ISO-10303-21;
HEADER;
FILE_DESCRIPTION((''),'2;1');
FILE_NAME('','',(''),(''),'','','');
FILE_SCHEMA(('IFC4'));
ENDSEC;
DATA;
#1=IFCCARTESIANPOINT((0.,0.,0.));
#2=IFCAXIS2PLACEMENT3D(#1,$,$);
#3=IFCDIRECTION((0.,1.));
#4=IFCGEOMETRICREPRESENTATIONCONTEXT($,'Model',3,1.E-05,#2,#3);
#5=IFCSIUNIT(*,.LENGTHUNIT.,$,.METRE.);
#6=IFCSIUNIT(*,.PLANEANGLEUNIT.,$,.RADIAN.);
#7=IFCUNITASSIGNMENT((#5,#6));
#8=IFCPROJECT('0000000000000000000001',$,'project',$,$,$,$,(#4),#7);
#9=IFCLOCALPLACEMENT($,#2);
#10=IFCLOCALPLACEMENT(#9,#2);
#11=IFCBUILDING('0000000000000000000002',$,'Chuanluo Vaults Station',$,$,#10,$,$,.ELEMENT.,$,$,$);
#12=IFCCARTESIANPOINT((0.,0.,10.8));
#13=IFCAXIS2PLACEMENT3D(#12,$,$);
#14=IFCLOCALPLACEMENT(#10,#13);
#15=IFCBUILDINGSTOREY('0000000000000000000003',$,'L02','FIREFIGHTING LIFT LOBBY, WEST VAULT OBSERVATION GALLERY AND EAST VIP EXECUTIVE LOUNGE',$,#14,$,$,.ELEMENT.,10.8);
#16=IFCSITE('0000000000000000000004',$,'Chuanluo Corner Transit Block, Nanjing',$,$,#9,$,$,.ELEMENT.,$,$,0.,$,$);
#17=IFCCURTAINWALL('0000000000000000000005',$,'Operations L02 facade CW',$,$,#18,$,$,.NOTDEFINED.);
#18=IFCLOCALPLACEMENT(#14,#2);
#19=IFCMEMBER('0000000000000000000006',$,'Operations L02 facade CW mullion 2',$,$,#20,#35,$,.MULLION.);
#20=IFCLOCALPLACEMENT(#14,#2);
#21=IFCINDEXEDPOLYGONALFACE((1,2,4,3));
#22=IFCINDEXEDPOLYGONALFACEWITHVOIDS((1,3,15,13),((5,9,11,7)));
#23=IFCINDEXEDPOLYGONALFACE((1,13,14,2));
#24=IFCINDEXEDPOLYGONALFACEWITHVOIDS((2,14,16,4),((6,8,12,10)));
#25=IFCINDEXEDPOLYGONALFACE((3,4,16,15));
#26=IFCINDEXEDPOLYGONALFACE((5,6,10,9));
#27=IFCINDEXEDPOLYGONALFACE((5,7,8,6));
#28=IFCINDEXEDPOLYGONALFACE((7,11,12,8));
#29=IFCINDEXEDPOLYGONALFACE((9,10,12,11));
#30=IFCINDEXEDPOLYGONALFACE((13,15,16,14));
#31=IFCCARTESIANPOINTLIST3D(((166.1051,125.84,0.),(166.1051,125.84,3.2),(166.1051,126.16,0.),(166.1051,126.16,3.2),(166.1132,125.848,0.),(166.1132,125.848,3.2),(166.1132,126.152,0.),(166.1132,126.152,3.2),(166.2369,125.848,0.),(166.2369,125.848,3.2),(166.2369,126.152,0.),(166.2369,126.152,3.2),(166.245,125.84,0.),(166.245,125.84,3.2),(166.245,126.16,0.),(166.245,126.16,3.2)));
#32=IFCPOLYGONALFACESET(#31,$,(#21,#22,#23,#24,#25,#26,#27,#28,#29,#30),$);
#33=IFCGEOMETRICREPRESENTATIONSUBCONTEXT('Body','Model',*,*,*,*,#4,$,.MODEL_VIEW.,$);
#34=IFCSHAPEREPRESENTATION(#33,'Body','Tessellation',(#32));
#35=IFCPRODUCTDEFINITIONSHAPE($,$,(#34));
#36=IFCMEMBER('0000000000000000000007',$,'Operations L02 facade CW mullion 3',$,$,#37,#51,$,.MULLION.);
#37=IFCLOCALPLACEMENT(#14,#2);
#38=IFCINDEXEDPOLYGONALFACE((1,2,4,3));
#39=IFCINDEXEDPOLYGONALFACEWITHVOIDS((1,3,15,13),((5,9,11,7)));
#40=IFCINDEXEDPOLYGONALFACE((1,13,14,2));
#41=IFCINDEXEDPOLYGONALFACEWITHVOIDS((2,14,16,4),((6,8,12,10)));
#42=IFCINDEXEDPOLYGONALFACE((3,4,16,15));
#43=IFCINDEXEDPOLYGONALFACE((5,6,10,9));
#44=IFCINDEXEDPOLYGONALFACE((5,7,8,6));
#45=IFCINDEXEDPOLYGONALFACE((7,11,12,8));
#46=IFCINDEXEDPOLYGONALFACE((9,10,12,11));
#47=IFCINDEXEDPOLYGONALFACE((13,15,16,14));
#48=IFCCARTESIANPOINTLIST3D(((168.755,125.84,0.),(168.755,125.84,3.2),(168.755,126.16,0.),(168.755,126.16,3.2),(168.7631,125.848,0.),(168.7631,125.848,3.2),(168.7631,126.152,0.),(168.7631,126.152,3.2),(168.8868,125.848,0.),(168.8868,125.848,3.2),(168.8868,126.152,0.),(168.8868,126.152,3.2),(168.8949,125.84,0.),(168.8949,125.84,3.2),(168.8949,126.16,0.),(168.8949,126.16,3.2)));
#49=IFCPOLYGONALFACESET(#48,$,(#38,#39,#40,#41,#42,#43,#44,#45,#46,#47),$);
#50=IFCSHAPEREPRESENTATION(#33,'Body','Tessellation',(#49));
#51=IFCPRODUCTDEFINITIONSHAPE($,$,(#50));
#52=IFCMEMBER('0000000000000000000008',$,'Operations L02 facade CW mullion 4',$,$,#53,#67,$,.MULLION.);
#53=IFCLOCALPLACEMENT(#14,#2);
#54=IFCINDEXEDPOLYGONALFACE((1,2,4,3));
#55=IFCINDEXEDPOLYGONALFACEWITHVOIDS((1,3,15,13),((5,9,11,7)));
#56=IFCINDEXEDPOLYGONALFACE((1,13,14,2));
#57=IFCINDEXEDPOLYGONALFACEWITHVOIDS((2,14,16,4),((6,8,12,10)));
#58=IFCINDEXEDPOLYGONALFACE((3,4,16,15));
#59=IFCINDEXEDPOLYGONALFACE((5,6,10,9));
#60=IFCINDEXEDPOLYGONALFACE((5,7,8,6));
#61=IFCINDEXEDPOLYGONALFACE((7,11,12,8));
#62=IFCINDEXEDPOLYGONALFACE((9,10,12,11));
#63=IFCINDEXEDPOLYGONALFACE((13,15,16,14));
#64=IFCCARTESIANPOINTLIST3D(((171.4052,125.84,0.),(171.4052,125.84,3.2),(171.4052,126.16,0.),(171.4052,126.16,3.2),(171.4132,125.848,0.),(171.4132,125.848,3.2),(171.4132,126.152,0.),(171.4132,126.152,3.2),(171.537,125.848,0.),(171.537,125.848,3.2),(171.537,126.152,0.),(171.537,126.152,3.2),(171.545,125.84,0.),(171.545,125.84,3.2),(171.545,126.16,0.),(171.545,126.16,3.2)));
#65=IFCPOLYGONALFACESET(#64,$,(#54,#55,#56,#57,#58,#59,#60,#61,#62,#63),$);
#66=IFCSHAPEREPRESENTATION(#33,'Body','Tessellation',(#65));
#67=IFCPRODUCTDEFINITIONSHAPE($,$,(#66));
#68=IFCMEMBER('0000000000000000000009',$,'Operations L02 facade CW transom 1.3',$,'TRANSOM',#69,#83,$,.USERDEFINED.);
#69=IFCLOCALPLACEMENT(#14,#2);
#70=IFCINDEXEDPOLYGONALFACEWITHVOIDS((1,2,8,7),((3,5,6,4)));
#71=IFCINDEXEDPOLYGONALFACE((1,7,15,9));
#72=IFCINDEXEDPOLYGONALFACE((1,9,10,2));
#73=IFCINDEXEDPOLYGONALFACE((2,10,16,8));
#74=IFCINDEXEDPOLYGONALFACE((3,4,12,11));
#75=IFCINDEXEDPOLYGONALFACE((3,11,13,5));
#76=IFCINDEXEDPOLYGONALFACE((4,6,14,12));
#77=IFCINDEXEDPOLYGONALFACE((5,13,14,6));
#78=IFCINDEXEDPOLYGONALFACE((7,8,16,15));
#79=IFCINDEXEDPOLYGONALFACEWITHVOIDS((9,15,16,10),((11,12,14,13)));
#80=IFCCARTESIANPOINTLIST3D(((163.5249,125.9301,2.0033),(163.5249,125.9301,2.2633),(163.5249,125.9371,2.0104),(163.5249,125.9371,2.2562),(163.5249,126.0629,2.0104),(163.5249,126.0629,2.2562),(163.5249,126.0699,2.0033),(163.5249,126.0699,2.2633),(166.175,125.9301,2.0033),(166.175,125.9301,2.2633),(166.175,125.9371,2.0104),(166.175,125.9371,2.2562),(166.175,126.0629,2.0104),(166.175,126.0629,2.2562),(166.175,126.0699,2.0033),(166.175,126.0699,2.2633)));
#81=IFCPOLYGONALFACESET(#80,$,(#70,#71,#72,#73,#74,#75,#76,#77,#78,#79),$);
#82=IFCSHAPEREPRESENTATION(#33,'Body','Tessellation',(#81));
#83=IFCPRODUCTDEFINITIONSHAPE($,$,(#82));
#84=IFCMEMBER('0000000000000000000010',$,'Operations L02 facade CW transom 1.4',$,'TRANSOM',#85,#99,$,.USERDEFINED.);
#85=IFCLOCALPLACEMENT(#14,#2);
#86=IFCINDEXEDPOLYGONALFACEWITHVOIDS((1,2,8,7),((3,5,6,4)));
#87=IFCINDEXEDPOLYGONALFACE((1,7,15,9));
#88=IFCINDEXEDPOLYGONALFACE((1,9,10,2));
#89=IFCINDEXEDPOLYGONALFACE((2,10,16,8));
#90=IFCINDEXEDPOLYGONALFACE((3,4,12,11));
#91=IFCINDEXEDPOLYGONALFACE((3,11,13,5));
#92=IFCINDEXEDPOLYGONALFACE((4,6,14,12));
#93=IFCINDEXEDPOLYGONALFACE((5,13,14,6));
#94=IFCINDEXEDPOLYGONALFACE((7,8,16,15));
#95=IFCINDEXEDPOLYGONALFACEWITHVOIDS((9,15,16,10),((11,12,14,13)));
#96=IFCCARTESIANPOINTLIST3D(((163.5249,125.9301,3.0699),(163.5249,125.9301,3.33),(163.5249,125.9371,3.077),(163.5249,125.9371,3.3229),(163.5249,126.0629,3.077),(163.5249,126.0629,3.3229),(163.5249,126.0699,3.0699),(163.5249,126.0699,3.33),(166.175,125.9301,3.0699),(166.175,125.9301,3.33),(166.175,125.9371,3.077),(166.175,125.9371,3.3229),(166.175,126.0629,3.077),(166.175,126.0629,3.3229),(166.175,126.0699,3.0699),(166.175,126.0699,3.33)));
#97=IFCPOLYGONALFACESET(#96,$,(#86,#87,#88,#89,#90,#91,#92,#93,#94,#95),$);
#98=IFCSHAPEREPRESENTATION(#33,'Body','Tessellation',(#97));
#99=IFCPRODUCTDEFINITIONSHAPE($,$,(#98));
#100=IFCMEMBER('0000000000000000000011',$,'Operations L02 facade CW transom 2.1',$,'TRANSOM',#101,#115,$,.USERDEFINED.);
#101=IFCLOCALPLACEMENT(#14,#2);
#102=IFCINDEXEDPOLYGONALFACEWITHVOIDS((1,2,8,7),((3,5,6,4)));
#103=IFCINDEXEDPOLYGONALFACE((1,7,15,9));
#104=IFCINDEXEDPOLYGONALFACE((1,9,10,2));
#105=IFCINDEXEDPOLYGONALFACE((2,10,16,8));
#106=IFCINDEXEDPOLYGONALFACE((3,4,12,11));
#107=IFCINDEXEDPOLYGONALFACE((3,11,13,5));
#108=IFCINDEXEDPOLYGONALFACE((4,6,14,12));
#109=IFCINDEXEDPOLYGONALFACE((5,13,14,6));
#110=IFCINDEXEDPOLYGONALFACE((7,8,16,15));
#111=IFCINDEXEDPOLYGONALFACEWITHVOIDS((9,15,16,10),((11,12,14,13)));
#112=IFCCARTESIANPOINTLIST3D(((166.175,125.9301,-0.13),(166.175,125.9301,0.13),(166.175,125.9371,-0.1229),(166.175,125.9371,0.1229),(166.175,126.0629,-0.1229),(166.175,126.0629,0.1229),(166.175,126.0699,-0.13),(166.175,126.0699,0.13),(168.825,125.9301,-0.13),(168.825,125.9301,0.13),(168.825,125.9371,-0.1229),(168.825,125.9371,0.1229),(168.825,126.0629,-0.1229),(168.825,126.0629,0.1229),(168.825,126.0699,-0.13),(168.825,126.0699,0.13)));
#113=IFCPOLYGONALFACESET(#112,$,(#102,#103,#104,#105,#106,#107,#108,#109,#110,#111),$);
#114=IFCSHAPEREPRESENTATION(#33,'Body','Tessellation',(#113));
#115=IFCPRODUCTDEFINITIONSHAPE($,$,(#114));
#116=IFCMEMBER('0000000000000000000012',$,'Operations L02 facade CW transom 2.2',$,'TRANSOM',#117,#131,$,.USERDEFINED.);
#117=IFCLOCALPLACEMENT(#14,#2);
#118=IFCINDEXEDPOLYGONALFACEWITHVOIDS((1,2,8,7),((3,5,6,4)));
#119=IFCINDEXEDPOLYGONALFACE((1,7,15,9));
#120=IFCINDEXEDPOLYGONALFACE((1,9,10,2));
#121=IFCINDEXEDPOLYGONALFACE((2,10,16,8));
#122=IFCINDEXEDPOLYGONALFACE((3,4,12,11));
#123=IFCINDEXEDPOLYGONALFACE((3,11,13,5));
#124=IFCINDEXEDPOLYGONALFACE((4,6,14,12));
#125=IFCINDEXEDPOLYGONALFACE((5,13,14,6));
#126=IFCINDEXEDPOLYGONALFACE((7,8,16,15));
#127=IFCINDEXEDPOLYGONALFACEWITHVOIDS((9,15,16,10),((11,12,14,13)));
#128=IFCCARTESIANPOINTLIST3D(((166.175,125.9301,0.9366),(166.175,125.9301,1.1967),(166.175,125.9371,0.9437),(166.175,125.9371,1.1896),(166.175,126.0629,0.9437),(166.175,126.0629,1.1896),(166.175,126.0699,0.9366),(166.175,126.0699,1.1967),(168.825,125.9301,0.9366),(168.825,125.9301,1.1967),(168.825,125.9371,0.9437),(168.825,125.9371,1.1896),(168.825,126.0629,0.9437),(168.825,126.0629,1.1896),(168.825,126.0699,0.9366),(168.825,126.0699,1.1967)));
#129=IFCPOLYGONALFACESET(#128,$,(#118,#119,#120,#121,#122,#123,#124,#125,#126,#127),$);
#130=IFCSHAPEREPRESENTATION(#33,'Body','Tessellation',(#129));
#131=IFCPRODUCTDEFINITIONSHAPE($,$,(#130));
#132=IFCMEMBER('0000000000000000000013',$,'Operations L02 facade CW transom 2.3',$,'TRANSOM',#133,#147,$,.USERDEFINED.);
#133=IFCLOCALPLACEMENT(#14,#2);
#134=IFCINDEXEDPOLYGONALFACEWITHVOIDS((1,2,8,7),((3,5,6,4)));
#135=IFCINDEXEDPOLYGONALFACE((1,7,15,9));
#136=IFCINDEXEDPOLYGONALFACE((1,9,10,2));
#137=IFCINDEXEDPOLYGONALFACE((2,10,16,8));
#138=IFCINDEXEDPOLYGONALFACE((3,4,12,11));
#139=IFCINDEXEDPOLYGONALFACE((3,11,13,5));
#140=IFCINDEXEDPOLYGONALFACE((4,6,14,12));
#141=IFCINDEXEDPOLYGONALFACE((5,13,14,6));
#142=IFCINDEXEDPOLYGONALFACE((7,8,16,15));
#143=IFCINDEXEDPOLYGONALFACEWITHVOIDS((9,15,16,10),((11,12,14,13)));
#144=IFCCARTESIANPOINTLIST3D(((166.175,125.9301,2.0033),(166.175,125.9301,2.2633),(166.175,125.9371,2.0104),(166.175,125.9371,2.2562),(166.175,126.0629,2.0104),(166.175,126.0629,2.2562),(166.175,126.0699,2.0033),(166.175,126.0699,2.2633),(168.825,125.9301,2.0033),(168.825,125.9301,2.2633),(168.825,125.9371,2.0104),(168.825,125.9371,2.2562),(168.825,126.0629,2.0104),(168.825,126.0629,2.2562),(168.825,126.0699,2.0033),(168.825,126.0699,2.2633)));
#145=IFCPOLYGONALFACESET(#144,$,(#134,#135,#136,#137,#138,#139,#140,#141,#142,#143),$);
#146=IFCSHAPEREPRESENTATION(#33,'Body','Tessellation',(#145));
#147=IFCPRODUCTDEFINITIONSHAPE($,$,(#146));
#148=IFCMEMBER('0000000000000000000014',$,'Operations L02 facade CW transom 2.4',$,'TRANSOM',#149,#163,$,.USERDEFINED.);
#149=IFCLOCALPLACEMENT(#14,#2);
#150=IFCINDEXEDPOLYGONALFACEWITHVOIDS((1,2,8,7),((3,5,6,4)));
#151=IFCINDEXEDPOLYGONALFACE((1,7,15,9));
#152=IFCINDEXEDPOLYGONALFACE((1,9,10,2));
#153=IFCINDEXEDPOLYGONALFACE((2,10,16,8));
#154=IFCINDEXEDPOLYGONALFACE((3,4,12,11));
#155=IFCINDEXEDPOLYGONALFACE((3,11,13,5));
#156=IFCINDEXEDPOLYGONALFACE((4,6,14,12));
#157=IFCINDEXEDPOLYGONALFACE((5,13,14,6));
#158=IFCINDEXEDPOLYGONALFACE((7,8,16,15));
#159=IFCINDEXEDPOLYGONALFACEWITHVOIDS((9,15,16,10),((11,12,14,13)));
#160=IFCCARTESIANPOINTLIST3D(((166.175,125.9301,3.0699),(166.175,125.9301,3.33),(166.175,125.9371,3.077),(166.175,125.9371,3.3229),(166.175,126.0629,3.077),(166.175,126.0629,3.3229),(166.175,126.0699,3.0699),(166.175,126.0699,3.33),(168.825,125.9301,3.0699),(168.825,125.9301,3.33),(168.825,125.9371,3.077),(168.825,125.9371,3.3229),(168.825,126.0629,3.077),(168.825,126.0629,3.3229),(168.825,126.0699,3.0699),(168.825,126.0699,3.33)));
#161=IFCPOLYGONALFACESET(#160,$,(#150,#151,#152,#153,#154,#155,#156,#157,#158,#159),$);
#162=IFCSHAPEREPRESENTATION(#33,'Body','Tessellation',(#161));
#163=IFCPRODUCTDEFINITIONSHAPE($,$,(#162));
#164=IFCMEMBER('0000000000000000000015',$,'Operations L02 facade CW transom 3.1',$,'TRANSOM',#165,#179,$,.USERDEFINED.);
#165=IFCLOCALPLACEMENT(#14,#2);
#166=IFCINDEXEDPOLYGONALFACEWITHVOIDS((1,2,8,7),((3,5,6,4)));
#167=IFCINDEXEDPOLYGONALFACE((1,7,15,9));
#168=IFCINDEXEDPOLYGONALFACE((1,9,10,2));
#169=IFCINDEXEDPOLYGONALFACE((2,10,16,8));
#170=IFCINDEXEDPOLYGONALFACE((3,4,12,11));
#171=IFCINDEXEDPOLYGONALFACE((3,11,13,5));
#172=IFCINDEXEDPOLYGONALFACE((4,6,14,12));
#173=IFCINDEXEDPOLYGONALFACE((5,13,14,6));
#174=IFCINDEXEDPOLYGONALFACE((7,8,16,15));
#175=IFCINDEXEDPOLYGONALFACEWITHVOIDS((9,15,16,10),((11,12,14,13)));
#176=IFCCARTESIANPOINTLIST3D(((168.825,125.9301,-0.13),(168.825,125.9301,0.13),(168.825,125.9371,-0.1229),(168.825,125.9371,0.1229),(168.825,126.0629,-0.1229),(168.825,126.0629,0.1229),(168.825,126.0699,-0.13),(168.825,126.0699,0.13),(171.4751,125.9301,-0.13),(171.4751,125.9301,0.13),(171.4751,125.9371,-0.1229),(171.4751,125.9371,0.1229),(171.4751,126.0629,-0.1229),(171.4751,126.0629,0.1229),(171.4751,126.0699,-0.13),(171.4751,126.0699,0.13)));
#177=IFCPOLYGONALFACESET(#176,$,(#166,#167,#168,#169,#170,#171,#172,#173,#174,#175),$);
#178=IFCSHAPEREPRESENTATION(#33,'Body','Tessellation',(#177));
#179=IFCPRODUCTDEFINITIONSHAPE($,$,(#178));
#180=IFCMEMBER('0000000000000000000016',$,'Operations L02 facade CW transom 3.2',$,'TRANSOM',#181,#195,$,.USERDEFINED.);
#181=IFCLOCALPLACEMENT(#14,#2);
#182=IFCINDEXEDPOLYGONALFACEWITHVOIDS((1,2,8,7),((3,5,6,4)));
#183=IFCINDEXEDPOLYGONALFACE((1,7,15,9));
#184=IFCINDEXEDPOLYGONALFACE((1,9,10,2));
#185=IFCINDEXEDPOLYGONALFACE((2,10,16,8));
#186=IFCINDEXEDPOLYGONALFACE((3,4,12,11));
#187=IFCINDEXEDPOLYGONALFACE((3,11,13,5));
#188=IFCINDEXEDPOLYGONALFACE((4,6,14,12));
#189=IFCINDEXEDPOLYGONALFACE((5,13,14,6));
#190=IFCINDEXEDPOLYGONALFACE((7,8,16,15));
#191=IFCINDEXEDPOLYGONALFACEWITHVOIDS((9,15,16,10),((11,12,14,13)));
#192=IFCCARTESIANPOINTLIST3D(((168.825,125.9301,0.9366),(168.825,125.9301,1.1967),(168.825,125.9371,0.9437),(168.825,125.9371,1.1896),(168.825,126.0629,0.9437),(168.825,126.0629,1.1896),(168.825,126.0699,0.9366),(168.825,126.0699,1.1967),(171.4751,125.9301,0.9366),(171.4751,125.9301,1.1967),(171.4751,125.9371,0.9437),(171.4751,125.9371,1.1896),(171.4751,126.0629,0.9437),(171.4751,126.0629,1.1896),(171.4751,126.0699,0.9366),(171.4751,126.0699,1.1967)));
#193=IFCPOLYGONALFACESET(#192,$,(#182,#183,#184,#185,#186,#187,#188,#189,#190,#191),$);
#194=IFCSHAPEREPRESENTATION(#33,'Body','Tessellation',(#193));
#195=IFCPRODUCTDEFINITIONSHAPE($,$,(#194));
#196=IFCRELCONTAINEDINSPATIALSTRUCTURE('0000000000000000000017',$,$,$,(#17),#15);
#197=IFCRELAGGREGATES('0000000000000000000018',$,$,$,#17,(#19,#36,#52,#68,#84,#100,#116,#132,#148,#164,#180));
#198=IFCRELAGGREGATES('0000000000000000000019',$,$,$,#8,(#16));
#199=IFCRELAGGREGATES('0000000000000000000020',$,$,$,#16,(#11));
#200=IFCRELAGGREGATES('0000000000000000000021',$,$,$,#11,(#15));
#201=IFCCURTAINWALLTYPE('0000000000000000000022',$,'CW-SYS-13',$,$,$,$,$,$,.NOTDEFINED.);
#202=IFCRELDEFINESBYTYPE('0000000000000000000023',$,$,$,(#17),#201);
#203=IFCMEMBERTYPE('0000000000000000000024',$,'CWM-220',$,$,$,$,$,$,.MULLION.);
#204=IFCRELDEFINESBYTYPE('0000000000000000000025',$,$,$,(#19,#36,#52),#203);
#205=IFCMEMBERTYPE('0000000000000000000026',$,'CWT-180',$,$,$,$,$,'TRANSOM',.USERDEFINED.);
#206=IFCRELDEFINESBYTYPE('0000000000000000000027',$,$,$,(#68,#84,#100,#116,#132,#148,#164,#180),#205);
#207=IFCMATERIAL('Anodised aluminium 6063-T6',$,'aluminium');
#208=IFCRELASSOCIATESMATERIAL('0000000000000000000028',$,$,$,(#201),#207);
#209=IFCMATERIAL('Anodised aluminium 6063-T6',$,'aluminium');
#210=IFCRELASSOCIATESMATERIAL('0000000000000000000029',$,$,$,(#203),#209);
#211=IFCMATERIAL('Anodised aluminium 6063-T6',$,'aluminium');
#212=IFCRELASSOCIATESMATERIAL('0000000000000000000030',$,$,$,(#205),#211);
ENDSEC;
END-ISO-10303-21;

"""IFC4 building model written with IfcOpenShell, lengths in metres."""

from ifc_helpers import new_model, si_unit, direction, frame, origin, origin_2d, place, context, subcontext, project, spatial, hollow_rectangle, extrude, material, material_profile, profile_set, type_object, element, aggregate, save


model = new_model("IFC4")

# Units and contexts
model_context = context("Model", 3, precision=1e-05, world=origin(), true_north=direction((0.0, 1.0)))
body_context = subcontext(model_context, "Body", "Model", "MODEL_VIEW")
ifc_project = project(units=[si_unit("LENGTHUNIT", "METRE"), si_unit("PLANEANGLEUNIT", "RADIAN")], contexts=[model_context])

# Site, building, storey
site_placement = place(None, origin())
site = spatial("IfcSite", under=ifc_project, at=site_placement, Name="Chuanluo Corner Transit Block, Nanjing", CompositionType="ELEMENT", RefElevation=0.0)
building_placement = place(site_placement, origin())
building = spatial("IfcBuilding", under=site, at=building_placement, Name="Chuanluo Vaults Station", CompositionType="ELEMENT")
storey_placement = place(building_placement, frame((0.0, 0.0, 10.8)))
storey = spatial("IfcBuildingStorey", under=building, at=storey_placement, Name="L02", Description="FIREFIGHTING LIFT LOBBY, WEST VAULT OBSERVATION GALLERY AND EAST VIP EXECUTIVE LOUNGE", CompositionType="ELEMENT", Elevation=10.8)

# Curtain wall, members
ifc_material_1 = material(Name="Anodised aluminium 6063-T6", Category="aluminium")
curtain_wall_type = type_object("IfcCurtainWallType", Name="CW-SYS-13", PredefinedType="NOTDEFINED", material=ifc_material_1)
curtain_wall_placement = place(storey_placement, origin())
curtain_wall = element("IfcCurtainWall", 1, at=curtain_wall_placement, inside=storey, type_object=curtain_wall_type, Name="Operations L02 facade CW", PredefinedType="NOTDEFINED")
ifc_material_2 = material(Name="Anodised aluminium 6063-T6", Category="aluminium")
ifc_material_profile_1 = material_profile(ifc_material_2, hollow_rectangle(XDim=0.1399, YDim=0.3201, WallThickness=0.0081, at=origin_2d()))
ifc_profile_set_1 = profile_set([ifc_material_profile_1], Name="Anodised aluminium 6063-T6")
member_type_1 = type_object("IfcMemberType", Name="CWM-220", PredefinedType="MULLION", material=ifc_profile_set_1)
member_1_placement = place(storey_placement, frame((166.175, 126.0, 0.0), z_axis=(0.0, 0.0, 1.0), x_axis=(1.0, 0.0, 0.0)))
member_1 = element("IfcMember", 2, at=member_1_placement, type_object=member_type_1, Name="Operations L02 facade CW mullion 2", PredefinedType="MULLION", context=body_context, shape_type="SweptSolid", body=[
    extrude(hollow_rectangle(XDim=0.1399, YDim=0.3201, WallThickness=0.0081, at=origin_2d()), origin(), (0.0, 0.0, 1.0), 3.2),
])
member_2_placement = place(storey_placement, frame((168.825, 126.0, 0.0), z_axis=(0.0, 0.0, 1.0), x_axis=(1.0, 0.0, 0.0)))
member_2 = element("IfcMember", 3, at=member_2_placement, type_object=member_type_1, Name="Operations L02 facade CW mullion 3", PredefinedType="MULLION", context=body_context, shape_type="SweptSolid", body=[
    extrude(hollow_rectangle(XDim=0.1399, YDim=0.3201, WallThickness=0.0081, at=origin_2d()), origin(), (0.0, 0.0, 1.0), 3.2),
])
member_3_placement = place(storey_placement, frame((171.4751, 126.0, 0.0), z_axis=(0.0, 0.0, 1.0), x_axis=(1.0, 0.0, 0.0)))
member_3 = element("IfcMember", 4, at=member_3_placement, type_object=member_type_1, Name="Operations L02 facade CW mullion 4", PredefinedType="MULLION", context=body_context, shape_type="SweptSolid", body=[
    extrude(hollow_rectangle(XDim=0.1399, YDim=0.3201, WallThickness=0.0081, at=origin_2d()), origin(), (0.0, 0.0, 1.0), 3.2),
])
ifc_material_3 = material(Name="Anodised aluminium 6063-T6", Category="aluminium")
ifc_material_profile_2 = material_profile(ifc_material_3, hollow_rectangle(XDim=0.1399, YDim=0.26, WallThickness=0.0071, at=origin_2d()))
ifc_profile_set_2 = profile_set([ifc_material_profile_2], Name="Anodised aluminium 6063-T6")
member_type_2 = type_object("IfcMemberType", Name="CWT-180", ElementType="TRANSOM", PredefinedType="USERDEFINED", material=ifc_profile_set_2)
member_4_placement = place(storey_placement, frame((163.5249, 126.0, 2.1333), z_axis=(1.0, 0.0, 0.0), x_axis=(0.0, 1.0, 0.0)))
member_4 = element("IfcMember", 5, at=member_4_placement, type_object=member_type_2, Name="Operations L02 facade CW transom 1.3", ObjectType="TRANSOM", PredefinedType="USERDEFINED", context=body_context, shape_type="SweptSolid", body=[
    extrude(hollow_rectangle(XDim=0.1399, YDim=0.26, WallThickness=0.0071, at=origin_2d()), origin(), (0.0, 0.0, 1.0), 2.6501),
])
member_5_placement = place(storey_placement, frame((163.5249, 126.0, 3.2), z_axis=(1.0, 0.0, 0.0), x_axis=(0.0, 1.0, 0.0)))
member_5 = element("IfcMember", 6, at=member_5_placement, type_object=member_type_2, Name="Operations L02 facade CW transom 1.4", ObjectType="TRANSOM", PredefinedType="USERDEFINED", context=body_context, shape_type="SweptSolid", body=[
    extrude(hollow_rectangle(XDim=0.1399, YDim=0.26, WallThickness=0.0071, at=origin_2d()), origin(), (0.0, 0.0, 1.0), 2.6501),
])
member_6_placement = place(storey_placement, frame((166.175, 126.0, 0.0), z_axis=(1.0, 0.0, 0.0), x_axis=(0.0, 1.0, 0.0)))
member_6 = element("IfcMember", 7, at=member_6_placement, type_object=member_type_2, Name="Operations L02 facade CW transom 2.1", ObjectType="TRANSOM", PredefinedType="USERDEFINED", context=body_context, shape_type="SweptSolid", body=[
    extrude(hollow_rectangle(XDim=0.1399, YDim=0.26, WallThickness=0.0071, at=origin_2d()), origin(), (0.0, 0.0, 1.0), 2.6499),
])
member_7_placement = place(storey_placement, frame((166.175, 126.0, 1.0667), z_axis=(1.0, 0.0, 0.0), x_axis=(0.0, 1.0, 0.0)))
member_7 = element("IfcMember", 8, at=member_7_placement, type_object=member_type_2, Name="Operations L02 facade CW transom 2.2", ObjectType="TRANSOM", PredefinedType="USERDEFINED", context=body_context, shape_type="SweptSolid", body=[
    extrude(hollow_rectangle(XDim=0.1399, YDim=0.26, WallThickness=0.0071, at=origin_2d()), origin(), (0.0, 0.0, 1.0), 2.6499),
])
member_8_placement = place(storey_placement, frame((166.175, 126.0, 2.1333), z_axis=(1.0, 0.0, 0.0), x_axis=(0.0, 1.0, 0.0)))
member_8 = element("IfcMember", 9, at=member_8_placement, type_object=member_type_2, Name="Operations L02 facade CW transom 2.3", ObjectType="TRANSOM", PredefinedType="USERDEFINED", context=body_context, shape_type="SweptSolid", body=[
    extrude(hollow_rectangle(XDim=0.1399, YDim=0.26, WallThickness=0.0071, at=origin_2d()), origin(), (0.0, 0.0, 1.0), 2.6499),
])
member_9_placement = place(storey_placement, frame((166.175, 126.0, 3.2), z_axis=(1.0, 0.0, 0.0), x_axis=(0.0, 1.0, 0.0)))
member_9 = element("IfcMember", 10, at=member_9_placement, type_object=member_type_2, Name="Operations L02 facade CW transom 2.4", ObjectType="TRANSOM", PredefinedType="USERDEFINED", context=body_context, shape_type="SweptSolid", body=[
    extrude(hollow_rectangle(XDim=0.1399, YDim=0.26, WallThickness=0.0071, at=origin_2d()), origin(), (0.0, 0.0, 1.0), 2.6499),
])
member_10_placement = place(storey_placement, frame((168.825, 126.0, 0.0), z_axis=(1.0, 0.0, 0.0), x_axis=(0.0, 1.0, 0.0)))
member_10 = element("IfcMember", 11, at=member_10_placement, type_object=member_type_2, Name="Operations L02 facade CW transom 3.1", ObjectType="TRANSOM", PredefinedType="USERDEFINED", context=body_context, shape_type="SweptSolid", body=[
    extrude(hollow_rectangle(XDim=0.1399, YDim=0.26, WallThickness=0.0071, at=origin_2d()), origin(), (0.0, 0.0, 1.0), 2.6501),
])
member_11_placement = place(storey_placement, frame((168.825, 126.0, 1.0667), z_axis=(1.0, 0.0, 0.0), x_axis=(0.0, 1.0, 0.0)))
member_11 = element("IfcMember", 12, at=member_11_placement, type_object=member_type_2, Name="Operations L02 facade CW transom 3.2", ObjectType="TRANSOM", PredefinedType="USERDEFINED", context=body_context, shape_type="SweptSolid", body=[
    extrude(hollow_rectangle(XDim=0.1399, YDim=0.26, WallThickness=0.0071, at=origin_2d()), origin(), (0.0, 0.0, 1.0), 2.6501),
])
aggregate(curtain_wall, [member_1, member_2, member_3, member_4, member_5, member_6, member_7, member_8, member_9, member_10, member_11])

save(model, "model.ifc")
